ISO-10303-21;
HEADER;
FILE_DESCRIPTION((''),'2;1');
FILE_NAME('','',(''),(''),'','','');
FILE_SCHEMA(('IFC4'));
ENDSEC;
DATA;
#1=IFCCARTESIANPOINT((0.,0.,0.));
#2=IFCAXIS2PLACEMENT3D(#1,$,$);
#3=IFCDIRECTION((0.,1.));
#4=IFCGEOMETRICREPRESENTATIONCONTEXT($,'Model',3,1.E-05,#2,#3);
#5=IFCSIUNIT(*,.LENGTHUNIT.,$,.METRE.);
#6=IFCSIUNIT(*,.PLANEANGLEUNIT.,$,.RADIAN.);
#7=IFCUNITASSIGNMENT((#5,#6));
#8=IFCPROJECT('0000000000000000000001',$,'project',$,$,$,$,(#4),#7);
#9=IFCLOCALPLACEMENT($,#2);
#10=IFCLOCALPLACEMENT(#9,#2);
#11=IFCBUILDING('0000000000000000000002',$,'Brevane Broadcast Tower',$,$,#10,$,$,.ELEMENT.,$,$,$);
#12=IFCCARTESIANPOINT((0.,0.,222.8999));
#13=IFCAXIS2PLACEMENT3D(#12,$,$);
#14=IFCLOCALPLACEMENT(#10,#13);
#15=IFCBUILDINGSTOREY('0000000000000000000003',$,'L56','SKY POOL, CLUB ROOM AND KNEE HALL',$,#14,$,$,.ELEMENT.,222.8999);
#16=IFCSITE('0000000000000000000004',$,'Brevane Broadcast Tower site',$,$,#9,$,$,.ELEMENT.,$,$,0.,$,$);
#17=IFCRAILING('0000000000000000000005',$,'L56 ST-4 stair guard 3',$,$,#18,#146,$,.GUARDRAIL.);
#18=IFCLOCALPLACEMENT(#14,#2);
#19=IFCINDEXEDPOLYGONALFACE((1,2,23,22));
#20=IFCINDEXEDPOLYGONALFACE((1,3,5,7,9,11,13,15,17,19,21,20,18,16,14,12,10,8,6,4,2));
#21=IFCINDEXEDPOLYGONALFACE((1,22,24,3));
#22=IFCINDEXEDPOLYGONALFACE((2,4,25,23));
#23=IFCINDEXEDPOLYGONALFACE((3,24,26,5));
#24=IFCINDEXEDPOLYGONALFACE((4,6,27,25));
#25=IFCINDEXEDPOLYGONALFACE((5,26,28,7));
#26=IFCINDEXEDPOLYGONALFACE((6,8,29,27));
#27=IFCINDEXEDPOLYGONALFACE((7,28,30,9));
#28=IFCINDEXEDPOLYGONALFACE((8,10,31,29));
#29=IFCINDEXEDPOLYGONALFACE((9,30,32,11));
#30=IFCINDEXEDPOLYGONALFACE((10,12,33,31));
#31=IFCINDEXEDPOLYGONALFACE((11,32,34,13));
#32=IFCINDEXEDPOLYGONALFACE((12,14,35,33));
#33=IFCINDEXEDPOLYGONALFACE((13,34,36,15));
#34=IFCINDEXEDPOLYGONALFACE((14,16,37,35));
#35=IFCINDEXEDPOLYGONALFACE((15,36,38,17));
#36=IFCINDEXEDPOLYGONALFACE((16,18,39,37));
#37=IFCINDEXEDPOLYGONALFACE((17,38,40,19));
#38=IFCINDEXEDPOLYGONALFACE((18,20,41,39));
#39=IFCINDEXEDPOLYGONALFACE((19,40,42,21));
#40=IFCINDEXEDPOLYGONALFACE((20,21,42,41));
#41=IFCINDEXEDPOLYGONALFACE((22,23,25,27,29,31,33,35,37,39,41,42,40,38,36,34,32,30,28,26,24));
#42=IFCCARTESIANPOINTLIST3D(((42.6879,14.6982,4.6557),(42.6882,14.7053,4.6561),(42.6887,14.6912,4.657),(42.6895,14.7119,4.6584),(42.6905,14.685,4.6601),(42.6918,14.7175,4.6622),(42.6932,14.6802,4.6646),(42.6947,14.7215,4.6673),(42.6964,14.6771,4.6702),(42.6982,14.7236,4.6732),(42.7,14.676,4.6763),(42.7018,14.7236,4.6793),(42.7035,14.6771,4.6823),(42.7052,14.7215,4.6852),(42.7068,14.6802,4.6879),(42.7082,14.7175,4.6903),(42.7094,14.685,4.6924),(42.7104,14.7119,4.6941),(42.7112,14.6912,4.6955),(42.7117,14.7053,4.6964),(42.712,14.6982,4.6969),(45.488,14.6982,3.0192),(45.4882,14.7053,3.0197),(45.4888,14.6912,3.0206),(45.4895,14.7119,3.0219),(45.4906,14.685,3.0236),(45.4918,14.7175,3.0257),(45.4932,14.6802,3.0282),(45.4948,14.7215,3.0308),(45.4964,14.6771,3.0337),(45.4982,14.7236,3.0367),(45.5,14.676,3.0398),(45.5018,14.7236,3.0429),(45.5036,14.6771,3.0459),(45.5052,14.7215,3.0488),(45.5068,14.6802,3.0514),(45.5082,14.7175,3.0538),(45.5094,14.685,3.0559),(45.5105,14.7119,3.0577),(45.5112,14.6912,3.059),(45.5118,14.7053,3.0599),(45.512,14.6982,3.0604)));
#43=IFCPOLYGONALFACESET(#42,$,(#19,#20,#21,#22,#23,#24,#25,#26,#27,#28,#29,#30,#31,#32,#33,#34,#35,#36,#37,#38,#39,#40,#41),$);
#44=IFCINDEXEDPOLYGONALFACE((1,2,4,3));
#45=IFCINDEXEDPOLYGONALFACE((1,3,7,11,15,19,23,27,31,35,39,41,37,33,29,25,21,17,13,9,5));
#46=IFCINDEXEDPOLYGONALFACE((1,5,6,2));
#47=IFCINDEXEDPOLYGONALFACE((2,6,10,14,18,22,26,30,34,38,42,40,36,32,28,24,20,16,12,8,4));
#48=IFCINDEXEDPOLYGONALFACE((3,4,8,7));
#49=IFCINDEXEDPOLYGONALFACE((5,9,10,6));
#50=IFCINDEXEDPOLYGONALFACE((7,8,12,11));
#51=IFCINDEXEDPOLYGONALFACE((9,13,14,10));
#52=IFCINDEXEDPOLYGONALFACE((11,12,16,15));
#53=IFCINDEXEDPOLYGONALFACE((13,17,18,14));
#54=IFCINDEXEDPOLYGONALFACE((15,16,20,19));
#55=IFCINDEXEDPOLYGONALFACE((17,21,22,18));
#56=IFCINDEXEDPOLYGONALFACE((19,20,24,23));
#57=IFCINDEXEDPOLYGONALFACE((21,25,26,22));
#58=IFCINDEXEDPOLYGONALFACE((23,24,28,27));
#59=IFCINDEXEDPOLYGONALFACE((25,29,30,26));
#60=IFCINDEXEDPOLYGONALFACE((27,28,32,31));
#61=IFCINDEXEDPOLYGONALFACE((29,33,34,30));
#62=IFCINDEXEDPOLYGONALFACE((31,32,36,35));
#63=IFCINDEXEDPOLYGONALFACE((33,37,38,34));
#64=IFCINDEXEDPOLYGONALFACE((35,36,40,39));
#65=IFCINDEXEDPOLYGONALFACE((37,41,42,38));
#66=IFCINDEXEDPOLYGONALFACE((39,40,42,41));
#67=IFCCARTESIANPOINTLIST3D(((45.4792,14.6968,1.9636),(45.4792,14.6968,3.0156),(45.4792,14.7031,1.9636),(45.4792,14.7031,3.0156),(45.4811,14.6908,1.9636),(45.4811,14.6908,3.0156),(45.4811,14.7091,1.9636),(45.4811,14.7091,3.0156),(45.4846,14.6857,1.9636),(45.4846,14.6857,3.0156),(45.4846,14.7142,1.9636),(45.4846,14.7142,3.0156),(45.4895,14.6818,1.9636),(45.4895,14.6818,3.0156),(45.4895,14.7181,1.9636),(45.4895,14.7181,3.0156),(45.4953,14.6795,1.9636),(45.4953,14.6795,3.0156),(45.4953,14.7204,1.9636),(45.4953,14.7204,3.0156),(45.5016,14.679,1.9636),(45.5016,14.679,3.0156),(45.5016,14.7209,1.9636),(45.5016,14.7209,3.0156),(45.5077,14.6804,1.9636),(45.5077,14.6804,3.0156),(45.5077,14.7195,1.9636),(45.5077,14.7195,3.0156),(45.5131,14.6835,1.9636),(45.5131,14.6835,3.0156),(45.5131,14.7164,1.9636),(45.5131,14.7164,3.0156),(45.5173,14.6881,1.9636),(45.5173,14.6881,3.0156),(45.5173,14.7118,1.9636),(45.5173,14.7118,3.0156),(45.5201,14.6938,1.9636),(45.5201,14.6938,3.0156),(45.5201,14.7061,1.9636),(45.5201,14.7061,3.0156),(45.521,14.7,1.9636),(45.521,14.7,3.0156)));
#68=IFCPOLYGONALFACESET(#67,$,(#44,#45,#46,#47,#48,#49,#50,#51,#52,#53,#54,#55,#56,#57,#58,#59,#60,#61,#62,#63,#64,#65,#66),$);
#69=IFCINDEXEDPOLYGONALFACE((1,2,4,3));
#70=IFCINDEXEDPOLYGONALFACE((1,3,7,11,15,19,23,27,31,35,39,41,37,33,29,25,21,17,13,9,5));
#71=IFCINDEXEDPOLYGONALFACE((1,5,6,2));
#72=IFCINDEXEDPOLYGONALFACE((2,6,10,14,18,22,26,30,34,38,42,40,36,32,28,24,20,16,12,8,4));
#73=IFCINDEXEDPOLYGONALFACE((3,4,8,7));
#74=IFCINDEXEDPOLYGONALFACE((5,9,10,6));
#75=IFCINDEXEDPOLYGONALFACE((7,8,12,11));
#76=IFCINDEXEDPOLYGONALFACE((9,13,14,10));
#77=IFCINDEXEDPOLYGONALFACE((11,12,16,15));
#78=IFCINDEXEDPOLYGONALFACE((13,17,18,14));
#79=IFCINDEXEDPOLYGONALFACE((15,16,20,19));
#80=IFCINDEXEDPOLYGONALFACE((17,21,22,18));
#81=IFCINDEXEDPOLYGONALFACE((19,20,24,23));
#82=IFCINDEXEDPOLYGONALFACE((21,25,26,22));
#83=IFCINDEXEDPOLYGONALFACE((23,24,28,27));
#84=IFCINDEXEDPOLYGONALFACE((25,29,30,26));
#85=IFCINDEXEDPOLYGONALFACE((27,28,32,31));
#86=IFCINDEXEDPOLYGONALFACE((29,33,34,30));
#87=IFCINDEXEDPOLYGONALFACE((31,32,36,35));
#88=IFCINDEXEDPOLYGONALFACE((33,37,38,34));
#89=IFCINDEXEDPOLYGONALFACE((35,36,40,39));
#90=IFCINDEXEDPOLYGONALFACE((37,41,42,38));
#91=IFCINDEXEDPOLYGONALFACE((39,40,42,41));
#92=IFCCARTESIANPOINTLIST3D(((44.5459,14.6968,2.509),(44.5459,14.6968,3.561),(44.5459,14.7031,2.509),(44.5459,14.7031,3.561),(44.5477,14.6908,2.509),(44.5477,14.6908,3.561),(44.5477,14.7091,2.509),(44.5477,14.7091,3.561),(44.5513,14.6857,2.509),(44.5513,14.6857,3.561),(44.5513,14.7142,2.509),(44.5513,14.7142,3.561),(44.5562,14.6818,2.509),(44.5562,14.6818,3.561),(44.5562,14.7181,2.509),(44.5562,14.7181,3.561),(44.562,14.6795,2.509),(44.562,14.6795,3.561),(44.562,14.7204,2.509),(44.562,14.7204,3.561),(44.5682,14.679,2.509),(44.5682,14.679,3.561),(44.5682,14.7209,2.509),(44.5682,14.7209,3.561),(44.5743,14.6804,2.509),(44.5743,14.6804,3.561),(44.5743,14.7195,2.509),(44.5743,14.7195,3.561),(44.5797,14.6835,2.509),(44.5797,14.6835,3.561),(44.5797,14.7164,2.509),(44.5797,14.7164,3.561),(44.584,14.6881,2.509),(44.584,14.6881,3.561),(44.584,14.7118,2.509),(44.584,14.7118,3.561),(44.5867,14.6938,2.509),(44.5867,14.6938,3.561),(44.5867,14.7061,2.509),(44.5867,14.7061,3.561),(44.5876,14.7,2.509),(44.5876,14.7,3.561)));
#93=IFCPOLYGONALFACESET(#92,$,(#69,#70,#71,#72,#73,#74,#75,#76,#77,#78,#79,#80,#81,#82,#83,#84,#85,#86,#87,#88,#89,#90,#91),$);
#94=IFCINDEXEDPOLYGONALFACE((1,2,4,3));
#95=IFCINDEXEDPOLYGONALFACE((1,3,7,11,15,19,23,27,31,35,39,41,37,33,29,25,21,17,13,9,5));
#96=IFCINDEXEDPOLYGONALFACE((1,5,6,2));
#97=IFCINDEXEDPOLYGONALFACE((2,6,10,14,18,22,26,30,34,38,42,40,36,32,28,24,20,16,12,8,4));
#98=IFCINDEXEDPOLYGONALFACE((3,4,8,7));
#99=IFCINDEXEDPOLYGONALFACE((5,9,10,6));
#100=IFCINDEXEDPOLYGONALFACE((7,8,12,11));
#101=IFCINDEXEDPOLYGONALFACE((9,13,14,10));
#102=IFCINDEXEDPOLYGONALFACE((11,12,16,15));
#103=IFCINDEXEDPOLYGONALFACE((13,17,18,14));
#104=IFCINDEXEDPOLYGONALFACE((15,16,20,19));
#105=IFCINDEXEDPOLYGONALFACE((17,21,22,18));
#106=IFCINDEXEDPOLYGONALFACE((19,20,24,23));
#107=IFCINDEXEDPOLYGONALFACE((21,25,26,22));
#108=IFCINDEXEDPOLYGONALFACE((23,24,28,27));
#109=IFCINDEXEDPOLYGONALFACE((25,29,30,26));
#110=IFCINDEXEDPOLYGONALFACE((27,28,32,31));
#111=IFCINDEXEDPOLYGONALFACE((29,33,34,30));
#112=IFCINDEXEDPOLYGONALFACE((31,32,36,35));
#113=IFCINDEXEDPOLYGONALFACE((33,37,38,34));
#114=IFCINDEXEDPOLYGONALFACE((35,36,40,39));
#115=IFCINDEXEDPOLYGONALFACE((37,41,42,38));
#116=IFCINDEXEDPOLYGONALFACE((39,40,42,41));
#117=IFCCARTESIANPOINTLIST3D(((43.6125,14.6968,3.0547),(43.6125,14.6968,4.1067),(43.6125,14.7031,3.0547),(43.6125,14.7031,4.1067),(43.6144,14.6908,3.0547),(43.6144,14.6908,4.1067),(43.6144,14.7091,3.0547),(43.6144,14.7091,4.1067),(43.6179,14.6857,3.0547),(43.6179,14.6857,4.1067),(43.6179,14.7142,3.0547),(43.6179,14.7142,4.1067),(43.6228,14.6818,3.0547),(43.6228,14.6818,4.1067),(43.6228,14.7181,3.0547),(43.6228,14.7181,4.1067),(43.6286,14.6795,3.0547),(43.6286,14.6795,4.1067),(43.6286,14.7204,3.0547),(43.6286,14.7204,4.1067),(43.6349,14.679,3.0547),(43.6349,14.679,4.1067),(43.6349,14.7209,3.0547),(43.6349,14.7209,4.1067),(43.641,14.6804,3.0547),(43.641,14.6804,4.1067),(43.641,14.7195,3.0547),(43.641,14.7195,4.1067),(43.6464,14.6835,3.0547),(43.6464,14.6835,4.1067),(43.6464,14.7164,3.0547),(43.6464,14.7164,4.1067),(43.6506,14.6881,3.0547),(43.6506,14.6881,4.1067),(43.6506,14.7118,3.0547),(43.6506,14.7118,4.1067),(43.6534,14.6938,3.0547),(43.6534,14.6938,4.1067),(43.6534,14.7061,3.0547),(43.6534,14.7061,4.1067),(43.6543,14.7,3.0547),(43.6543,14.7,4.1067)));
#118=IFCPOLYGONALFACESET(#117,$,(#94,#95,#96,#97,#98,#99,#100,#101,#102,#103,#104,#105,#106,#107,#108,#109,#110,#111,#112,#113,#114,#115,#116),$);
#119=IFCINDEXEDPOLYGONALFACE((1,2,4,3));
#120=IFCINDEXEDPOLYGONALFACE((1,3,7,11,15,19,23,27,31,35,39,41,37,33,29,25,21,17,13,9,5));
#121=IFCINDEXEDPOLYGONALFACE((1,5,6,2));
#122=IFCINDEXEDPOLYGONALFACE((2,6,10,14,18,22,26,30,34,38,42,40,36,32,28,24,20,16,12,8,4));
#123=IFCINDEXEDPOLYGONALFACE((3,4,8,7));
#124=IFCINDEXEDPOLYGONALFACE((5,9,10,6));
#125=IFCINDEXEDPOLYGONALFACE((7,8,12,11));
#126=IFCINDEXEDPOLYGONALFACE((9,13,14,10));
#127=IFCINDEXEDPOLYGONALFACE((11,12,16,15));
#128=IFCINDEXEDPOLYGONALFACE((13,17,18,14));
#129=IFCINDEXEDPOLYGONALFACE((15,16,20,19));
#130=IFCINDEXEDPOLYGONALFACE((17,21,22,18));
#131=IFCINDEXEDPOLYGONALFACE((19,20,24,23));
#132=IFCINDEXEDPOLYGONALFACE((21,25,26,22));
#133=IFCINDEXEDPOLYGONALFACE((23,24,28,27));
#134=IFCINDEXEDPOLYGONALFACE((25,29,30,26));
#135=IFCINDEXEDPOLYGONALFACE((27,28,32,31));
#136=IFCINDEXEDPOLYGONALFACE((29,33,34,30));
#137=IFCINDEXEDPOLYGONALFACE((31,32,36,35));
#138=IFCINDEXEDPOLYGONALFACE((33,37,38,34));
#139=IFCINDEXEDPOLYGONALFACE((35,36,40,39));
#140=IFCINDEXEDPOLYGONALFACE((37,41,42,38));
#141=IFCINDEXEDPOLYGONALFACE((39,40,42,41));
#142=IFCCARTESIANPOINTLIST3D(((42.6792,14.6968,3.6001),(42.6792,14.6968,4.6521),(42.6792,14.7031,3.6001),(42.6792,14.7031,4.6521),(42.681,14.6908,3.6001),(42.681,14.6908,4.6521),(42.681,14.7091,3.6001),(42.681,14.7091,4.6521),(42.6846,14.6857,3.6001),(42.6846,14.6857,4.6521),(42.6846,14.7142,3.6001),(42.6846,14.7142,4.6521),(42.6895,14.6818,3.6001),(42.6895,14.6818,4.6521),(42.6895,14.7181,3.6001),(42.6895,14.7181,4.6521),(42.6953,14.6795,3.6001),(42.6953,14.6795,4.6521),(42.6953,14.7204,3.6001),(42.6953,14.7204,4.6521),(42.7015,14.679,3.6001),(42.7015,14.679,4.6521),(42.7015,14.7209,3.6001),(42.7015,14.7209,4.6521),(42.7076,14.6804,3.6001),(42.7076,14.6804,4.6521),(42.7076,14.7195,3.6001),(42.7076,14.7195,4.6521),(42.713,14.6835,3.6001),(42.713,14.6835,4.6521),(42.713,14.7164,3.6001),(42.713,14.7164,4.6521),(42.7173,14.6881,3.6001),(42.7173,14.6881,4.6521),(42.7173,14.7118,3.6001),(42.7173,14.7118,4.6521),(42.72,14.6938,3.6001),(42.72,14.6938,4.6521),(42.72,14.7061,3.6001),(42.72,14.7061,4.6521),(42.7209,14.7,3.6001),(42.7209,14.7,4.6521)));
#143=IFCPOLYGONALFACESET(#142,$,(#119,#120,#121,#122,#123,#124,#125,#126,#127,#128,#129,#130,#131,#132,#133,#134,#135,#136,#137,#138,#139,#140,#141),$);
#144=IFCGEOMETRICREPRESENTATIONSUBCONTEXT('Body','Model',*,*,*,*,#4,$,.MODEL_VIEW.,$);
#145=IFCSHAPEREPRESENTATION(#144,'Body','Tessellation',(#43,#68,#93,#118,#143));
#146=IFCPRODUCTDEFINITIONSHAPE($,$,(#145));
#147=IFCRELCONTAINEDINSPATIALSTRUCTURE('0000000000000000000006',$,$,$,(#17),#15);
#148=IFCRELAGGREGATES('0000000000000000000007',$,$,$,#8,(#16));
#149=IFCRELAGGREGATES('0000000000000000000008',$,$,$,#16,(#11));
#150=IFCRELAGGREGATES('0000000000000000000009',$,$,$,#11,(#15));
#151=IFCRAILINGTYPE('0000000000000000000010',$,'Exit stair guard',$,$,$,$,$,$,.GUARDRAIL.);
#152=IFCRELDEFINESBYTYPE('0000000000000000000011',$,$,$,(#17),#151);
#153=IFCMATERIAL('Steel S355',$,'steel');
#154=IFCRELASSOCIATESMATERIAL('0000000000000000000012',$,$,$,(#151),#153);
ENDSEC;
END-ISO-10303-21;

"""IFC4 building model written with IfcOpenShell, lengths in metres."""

from ifc_helpers import new_model, si_unit, direction, frame, origin, origin_2d, place, context, subcontext, project, spatial, circle, extrude, material, type_object, element, save


model = new_model("IFC4")

# Units and contexts
model_context = context("Model", 3, precision=1e-05, world=origin(), true_north=direction((0.0, 1.0)))
body_context = subcontext(model_context, "Body", "Model", "MODEL_VIEW")
ifc_project = project(units=[si_unit("LENGTHUNIT", "METRE"), si_unit("PLANEANGLEUNIT", "RADIAN")], contexts=[model_context])

# Site, building, storey
site_placement = place(None, origin())
site = spatial("IfcSite", under=ifc_project, at=site_placement, Name="Brevane Broadcast Tower site", CompositionType="ELEMENT", RefElevation=0.0)
building_placement = place(site_placement, origin())
building = spatial("IfcBuilding", under=site, at=building_placement, Name="Brevane Broadcast Tower", CompositionType="ELEMENT")
storey_placement = place(building_placement, frame((0.0, 0.0, 222.8999)))
storey = spatial("IfcBuildingStorey", under=building, at=storey_placement, Name="L56", Description="SKY POOL, CLUB ROOM AND KNEE HALL", CompositionType="ELEMENT", Elevation=222.8999)

# Railing
ifc_material_1 = material(Name="Steel S355", Category="steel")
railing_type_1 = type_object("IfcRailingType", Name="Exit stair guard", PredefinedType="GUARDRAIL", material=ifc_material_1)
railing_1_placement = place(storey_placement, frame((45.5, 14.7, 1.9636)))
element("IfcRailing", 1, at=railing_1_placement, inside=storey, type_object=railing_type_1, Name="L56 ST-4 stair guard 3", PredefinedType="GUARDRAIL", context=body_context, shape_type="SweptSolid", body=[
    extrude(circle(Radius=0.0239, at=origin_2d()), frame((0.0, 0.0, 1.0762), z_axis=(-0.863361, 0.0, 0.504587), x_axis=(0.0, -1.0, 0.0)), (0.0, 0.0, 1.0), 3.2432),
    extrude(circle(Radius=0.021, at=origin_2d()), origin(), (0.0, 0.0, 1.0), 1.052),
    extrude(circle(Radius=0.021, at=origin_2d()), frame((-0.9333, 0.0, 0.5454)), (0.0, 0.0, 1.0), 1.052),
    extrude(circle(Radius=0.021, at=origin_2d()), frame((-1.8667, 0.0, 1.0911)), (0.0, 0.0, 1.0), 1.052),
    extrude(circle(Radius=0.021, at=origin_2d()), frame((-2.8, 0.0, 1.6365)), (0.0, 0.0, 1.0), 1.052),
])

save(model, "model.ifc")
